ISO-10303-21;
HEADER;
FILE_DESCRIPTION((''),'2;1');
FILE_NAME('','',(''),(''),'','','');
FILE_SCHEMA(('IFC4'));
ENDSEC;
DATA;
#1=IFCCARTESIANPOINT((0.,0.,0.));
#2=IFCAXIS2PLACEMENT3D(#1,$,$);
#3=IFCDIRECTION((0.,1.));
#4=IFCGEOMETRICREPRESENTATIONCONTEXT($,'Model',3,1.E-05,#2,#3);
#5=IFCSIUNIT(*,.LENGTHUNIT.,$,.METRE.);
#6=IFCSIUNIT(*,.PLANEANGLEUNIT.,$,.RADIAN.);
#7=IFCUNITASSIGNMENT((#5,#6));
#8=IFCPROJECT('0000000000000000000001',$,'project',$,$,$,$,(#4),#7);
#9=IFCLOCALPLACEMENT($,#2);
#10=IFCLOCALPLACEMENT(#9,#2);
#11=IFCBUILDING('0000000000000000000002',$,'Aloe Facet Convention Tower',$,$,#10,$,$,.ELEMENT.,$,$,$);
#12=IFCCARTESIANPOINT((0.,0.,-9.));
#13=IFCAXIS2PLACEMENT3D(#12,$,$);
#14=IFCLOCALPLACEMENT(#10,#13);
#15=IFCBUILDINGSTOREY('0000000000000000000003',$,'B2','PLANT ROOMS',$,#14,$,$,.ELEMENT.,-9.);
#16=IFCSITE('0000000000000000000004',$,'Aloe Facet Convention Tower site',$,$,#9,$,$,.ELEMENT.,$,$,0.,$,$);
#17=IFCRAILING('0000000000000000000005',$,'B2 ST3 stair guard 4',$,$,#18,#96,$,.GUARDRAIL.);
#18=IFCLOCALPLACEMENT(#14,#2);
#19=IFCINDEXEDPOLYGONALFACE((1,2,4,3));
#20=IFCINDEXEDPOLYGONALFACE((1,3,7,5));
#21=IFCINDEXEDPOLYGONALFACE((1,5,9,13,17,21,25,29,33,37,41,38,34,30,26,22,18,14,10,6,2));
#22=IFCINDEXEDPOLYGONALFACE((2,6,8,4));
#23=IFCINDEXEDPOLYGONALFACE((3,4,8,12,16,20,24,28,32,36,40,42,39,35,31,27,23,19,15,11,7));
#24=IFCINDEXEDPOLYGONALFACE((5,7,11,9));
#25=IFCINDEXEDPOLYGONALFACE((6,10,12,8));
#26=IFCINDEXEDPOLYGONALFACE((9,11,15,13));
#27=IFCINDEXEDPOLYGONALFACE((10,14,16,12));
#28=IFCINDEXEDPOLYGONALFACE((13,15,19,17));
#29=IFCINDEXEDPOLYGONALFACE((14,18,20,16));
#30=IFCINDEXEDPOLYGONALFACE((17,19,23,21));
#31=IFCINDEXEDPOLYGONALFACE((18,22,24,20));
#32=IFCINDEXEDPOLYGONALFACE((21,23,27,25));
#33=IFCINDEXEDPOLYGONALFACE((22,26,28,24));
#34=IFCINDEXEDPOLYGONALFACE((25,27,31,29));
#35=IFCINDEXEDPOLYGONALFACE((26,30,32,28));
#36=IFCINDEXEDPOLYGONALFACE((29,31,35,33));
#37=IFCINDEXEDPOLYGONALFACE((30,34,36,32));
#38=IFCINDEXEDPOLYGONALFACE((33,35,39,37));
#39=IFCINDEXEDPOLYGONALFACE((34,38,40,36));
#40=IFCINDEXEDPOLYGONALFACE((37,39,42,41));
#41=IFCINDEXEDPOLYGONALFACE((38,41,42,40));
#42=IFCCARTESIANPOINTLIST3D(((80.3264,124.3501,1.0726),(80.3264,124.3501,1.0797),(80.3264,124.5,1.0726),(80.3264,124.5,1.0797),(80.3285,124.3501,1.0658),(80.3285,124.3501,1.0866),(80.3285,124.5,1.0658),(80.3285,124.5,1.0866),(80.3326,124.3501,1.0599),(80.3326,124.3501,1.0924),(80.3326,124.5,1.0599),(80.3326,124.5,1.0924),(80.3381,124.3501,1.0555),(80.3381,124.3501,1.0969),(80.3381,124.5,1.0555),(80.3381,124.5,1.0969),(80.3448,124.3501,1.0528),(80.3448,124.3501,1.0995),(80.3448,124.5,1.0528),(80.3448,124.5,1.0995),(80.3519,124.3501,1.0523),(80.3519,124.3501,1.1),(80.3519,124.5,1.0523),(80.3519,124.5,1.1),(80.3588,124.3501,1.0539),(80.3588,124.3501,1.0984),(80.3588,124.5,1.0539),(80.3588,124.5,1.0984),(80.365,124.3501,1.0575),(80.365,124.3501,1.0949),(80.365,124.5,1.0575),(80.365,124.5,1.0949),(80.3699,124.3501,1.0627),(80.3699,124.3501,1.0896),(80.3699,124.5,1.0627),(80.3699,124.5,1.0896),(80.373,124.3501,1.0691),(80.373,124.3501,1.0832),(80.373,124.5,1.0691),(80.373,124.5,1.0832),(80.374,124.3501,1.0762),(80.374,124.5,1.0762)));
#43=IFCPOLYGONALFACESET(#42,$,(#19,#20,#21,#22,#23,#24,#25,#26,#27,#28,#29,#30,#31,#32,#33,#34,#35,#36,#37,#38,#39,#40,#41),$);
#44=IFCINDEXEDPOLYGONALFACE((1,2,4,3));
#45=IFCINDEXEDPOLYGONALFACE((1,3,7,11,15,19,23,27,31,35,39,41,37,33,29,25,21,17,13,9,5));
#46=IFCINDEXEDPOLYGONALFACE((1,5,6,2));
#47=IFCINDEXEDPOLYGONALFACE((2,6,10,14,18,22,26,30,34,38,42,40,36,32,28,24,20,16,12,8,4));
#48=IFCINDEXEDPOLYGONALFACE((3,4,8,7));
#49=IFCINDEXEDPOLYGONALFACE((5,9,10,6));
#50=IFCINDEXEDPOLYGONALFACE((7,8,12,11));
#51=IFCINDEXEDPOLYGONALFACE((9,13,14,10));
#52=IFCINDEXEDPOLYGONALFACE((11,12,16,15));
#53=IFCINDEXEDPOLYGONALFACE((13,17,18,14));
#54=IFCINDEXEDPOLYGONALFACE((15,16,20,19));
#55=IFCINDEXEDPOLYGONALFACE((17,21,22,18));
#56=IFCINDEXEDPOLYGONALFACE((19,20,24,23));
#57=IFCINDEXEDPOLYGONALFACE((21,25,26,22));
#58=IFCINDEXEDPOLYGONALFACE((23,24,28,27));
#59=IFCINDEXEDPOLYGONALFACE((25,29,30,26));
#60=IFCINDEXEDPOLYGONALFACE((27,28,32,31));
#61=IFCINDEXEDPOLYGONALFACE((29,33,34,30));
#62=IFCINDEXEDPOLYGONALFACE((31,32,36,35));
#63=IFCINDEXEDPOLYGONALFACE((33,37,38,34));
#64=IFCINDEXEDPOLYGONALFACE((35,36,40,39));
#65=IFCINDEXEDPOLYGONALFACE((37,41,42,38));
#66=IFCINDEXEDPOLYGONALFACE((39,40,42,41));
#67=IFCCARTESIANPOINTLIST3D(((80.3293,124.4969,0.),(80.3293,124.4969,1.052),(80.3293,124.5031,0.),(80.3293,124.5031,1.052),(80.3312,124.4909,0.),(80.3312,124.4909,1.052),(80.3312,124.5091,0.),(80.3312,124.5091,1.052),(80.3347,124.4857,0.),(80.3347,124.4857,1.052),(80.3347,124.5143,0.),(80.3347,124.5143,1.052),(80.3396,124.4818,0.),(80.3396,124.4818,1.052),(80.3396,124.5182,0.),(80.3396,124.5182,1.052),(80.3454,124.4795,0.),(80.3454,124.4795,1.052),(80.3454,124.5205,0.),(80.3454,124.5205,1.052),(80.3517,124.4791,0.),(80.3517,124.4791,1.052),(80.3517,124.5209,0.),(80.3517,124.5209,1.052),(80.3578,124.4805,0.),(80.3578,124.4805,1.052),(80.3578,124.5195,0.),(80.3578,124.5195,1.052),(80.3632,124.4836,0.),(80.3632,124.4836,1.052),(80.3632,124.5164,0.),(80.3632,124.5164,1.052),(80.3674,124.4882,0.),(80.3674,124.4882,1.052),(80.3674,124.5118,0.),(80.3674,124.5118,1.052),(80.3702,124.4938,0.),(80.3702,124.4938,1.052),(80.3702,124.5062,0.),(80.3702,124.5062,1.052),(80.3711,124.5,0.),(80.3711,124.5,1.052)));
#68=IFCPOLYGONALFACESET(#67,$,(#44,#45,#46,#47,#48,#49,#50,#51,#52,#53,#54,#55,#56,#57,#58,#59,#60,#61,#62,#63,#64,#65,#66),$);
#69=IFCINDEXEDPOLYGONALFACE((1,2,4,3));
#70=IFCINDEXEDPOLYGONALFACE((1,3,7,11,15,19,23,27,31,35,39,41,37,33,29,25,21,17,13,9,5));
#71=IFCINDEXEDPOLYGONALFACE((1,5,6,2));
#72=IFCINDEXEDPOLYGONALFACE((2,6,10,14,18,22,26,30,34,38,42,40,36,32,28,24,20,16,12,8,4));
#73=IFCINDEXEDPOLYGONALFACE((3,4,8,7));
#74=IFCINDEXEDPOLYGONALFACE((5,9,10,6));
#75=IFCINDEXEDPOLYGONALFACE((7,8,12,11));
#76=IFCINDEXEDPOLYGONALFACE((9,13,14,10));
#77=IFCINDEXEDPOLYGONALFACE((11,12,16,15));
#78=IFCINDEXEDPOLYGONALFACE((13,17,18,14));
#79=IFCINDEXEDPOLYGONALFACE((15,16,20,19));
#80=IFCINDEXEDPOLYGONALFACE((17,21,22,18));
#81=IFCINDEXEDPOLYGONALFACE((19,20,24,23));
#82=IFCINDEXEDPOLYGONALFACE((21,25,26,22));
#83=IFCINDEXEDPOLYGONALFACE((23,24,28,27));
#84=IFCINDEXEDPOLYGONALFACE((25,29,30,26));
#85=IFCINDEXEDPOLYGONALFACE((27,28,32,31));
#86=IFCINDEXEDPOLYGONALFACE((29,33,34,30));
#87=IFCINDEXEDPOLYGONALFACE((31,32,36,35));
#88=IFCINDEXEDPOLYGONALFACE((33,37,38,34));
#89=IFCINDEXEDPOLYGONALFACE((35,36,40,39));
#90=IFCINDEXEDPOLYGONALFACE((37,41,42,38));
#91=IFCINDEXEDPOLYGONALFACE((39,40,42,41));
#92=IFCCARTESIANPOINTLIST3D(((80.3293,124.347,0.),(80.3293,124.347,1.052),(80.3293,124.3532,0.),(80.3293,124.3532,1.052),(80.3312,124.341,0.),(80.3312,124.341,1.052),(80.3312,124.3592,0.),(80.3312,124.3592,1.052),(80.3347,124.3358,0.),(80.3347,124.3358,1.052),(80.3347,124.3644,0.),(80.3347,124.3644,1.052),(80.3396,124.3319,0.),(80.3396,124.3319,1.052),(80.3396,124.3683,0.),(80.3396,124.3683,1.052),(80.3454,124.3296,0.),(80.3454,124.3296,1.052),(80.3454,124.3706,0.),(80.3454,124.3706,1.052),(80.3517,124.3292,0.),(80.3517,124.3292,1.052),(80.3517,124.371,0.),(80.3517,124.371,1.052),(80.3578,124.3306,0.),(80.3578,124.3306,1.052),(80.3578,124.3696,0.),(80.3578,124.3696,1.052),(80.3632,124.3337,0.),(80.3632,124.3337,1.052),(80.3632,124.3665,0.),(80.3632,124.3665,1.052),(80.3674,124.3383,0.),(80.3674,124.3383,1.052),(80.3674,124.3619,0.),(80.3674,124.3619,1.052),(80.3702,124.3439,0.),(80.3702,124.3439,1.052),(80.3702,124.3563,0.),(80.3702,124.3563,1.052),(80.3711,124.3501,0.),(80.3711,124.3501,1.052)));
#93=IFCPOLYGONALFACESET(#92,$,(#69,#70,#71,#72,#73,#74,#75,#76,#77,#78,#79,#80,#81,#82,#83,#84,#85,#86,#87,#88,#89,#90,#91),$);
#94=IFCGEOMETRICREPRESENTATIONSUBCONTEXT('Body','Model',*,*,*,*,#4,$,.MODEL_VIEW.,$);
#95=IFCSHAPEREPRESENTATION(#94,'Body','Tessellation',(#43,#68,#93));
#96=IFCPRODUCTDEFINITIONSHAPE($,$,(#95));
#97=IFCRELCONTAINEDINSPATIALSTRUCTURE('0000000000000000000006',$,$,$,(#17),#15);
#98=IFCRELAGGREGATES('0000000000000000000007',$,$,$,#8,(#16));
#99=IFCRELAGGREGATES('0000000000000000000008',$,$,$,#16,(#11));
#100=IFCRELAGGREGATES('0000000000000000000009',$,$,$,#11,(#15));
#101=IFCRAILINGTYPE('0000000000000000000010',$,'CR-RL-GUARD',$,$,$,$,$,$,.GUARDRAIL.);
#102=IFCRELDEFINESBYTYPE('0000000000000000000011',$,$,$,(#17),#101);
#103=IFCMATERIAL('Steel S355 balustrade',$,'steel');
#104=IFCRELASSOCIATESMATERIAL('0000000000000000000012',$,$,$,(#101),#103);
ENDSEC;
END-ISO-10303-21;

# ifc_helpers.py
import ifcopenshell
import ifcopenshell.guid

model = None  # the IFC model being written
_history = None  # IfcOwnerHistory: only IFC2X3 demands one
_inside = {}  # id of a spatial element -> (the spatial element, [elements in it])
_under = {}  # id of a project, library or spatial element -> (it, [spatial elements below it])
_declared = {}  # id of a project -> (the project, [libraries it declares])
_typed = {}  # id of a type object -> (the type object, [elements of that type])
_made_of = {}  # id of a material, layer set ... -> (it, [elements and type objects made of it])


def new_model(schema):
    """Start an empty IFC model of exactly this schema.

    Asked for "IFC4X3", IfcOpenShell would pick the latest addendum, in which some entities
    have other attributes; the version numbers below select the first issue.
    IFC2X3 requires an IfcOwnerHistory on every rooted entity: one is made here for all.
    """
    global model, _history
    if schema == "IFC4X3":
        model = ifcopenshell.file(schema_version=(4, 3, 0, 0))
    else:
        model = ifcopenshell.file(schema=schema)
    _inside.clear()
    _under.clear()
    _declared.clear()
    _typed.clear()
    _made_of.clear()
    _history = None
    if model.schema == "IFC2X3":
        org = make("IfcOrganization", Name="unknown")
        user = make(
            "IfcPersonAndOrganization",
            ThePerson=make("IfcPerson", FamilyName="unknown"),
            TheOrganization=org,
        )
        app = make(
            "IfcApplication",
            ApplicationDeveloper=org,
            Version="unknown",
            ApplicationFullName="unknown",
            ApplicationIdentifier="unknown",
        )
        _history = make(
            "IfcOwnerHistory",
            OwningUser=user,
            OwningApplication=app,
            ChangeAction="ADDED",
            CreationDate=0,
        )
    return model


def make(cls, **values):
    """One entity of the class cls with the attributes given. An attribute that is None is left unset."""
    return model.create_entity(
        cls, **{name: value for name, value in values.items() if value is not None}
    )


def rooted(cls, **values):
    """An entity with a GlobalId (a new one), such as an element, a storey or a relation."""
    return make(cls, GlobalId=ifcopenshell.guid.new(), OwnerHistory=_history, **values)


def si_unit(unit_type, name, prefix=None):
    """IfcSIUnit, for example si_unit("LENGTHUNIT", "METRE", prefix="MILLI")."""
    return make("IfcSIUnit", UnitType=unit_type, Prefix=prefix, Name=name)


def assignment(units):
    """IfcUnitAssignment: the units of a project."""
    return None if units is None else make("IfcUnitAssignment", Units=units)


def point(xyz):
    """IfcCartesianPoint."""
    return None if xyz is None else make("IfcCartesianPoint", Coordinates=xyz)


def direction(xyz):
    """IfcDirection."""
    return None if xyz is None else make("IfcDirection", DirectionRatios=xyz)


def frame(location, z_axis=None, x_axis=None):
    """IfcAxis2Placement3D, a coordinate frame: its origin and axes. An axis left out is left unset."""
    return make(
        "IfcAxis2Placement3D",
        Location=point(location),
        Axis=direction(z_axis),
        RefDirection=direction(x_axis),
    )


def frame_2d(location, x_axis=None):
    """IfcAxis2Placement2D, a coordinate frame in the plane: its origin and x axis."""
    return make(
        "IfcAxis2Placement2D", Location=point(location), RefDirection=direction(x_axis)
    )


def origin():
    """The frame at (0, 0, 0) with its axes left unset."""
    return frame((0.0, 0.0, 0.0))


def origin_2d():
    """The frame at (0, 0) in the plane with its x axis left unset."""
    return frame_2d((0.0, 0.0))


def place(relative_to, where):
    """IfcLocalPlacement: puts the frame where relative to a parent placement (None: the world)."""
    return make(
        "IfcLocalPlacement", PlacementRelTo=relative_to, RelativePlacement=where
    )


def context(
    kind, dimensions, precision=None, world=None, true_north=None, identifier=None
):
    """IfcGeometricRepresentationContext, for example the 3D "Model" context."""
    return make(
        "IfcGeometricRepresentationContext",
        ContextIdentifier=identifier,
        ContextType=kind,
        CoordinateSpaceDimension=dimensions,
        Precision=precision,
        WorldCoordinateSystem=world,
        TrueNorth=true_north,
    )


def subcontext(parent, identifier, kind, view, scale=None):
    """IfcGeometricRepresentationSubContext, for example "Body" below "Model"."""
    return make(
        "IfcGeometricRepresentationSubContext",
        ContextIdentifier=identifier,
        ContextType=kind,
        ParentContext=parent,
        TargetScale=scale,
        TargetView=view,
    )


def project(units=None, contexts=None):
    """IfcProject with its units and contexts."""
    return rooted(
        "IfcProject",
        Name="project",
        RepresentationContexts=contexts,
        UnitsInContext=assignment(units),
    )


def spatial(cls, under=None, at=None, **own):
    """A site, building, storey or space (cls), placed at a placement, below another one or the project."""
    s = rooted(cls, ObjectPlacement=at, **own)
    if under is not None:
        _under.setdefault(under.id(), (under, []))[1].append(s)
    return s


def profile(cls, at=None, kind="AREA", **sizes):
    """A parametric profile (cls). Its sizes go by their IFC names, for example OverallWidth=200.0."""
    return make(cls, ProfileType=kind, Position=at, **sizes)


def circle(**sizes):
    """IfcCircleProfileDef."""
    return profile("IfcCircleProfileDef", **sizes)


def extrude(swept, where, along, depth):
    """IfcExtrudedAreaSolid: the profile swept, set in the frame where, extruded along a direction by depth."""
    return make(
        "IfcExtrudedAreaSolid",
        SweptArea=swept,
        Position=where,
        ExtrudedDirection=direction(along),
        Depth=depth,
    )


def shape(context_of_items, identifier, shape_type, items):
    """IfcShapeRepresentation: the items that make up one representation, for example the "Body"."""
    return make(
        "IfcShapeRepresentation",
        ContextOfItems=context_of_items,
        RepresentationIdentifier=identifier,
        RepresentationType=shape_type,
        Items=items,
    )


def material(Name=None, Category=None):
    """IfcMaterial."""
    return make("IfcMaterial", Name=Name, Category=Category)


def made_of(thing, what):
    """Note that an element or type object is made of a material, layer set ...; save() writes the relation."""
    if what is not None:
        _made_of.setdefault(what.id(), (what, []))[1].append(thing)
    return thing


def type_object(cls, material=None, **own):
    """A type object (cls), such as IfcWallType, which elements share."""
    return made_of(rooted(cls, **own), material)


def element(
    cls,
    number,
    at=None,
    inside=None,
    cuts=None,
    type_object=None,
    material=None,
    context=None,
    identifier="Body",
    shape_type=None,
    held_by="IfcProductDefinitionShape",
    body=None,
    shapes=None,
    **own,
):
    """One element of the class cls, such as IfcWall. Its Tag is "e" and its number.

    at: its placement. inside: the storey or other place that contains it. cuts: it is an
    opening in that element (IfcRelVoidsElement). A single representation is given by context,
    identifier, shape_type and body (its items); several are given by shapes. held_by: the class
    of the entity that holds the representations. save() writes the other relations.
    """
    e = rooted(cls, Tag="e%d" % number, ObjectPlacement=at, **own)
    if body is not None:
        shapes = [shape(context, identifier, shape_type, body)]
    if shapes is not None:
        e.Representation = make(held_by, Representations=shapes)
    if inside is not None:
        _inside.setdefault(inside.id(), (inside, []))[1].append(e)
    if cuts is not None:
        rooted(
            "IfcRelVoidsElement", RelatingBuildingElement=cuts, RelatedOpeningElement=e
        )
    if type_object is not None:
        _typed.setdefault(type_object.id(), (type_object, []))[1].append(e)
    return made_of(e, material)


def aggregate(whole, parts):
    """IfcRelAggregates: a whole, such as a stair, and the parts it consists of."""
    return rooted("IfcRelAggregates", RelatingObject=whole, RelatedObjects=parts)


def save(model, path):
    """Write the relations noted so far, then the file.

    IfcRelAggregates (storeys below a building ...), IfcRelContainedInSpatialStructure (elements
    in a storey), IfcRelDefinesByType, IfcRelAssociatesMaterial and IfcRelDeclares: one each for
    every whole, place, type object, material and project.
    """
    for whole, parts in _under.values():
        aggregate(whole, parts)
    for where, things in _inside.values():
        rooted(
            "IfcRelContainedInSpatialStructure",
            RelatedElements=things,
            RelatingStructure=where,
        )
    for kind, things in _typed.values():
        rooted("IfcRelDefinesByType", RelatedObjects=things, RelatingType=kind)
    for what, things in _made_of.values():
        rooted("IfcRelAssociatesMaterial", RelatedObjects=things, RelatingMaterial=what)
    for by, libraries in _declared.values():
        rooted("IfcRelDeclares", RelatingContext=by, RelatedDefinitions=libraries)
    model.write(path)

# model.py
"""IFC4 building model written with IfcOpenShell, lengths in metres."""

from ifc_helpers import new_model, si_unit, direction, frame, origin, origin_2d, place, context, subcontext, project, spatial, circle, extrude, material, type_object, element, save


model = new_model("IFC4")

# Units and contexts
model_context = context("Model", 3, precision=1e-05, world=origin(), true_north=direction((0.0, 1.0)))
body_context = subcontext(model_context, "Body", "Model", "MODEL_VIEW")
ifc_project = project(units=[si_unit("LENGTHUNIT", "METRE"), si_unit("PLANEANGLEUNIT", "RADIAN")], contexts=[model_context])

# Site, building, storey
site_placement = place(None, origin())
site = spatial("IfcSite", under=ifc_project, at=site_placement, Name="Aloe Facet Convention Tower site", CompositionType="ELEMENT", RefElevation=0.0)
building_placement = place(site_placement, origin())
building = spatial("IfcBuilding", under=site, at=building_placement, Name="Aloe Facet Convention Tower", CompositionType="ELEMENT")
storey_placement = place(building_placement, frame((0.0, 0.0, -9.0)))
storey = spatial("IfcBuildingStorey", under=building, at=storey_placement, Name="B2", Description="PLANT ROOMS", CompositionType="ELEMENT", Elevation=-9.0)

# Railing
ifc_material_1 = material(Name="Steel S355 balustrade", Category="steel")
railing_type_1 = type_object("IfcRailingType", Name="CR-RL-GUARD", PredefinedType="GUARDRAIL", material=ifc_material_1)
railing_1_placement = place(storey_placement, frame((80.3501, 124.5, 0.0)))
element("IfcRailing", 1, at=railing_1_placement, inside=storey, type_object=railing_type_1, Name="B2 ST3 stair guard 4", PredefinedType="GUARDRAIL", context=body_context, shape_type="SweptSolid", body=[
    extrude(circle(Radius=0.0239, at=origin_2d()), frame((0.0, 0.0, 1.0762), z_axis=(0.0, -1.0, 0.0), x_axis=(1.0, 0.0, 0.0)), (0.0, 0.0, 1.0), 0.1499),
    extrude(circle(Radius=0.021, at=origin_2d()), origin(), (0.0, 0.0, 1.0), 1.052),
    extrude(circle(Radius=0.021, at=origin_2d()), frame((0.0, -0.1499, 0.0)), (0.0, 0.0, 1.0), 1.052),
])

save(model, "model.ifc")
